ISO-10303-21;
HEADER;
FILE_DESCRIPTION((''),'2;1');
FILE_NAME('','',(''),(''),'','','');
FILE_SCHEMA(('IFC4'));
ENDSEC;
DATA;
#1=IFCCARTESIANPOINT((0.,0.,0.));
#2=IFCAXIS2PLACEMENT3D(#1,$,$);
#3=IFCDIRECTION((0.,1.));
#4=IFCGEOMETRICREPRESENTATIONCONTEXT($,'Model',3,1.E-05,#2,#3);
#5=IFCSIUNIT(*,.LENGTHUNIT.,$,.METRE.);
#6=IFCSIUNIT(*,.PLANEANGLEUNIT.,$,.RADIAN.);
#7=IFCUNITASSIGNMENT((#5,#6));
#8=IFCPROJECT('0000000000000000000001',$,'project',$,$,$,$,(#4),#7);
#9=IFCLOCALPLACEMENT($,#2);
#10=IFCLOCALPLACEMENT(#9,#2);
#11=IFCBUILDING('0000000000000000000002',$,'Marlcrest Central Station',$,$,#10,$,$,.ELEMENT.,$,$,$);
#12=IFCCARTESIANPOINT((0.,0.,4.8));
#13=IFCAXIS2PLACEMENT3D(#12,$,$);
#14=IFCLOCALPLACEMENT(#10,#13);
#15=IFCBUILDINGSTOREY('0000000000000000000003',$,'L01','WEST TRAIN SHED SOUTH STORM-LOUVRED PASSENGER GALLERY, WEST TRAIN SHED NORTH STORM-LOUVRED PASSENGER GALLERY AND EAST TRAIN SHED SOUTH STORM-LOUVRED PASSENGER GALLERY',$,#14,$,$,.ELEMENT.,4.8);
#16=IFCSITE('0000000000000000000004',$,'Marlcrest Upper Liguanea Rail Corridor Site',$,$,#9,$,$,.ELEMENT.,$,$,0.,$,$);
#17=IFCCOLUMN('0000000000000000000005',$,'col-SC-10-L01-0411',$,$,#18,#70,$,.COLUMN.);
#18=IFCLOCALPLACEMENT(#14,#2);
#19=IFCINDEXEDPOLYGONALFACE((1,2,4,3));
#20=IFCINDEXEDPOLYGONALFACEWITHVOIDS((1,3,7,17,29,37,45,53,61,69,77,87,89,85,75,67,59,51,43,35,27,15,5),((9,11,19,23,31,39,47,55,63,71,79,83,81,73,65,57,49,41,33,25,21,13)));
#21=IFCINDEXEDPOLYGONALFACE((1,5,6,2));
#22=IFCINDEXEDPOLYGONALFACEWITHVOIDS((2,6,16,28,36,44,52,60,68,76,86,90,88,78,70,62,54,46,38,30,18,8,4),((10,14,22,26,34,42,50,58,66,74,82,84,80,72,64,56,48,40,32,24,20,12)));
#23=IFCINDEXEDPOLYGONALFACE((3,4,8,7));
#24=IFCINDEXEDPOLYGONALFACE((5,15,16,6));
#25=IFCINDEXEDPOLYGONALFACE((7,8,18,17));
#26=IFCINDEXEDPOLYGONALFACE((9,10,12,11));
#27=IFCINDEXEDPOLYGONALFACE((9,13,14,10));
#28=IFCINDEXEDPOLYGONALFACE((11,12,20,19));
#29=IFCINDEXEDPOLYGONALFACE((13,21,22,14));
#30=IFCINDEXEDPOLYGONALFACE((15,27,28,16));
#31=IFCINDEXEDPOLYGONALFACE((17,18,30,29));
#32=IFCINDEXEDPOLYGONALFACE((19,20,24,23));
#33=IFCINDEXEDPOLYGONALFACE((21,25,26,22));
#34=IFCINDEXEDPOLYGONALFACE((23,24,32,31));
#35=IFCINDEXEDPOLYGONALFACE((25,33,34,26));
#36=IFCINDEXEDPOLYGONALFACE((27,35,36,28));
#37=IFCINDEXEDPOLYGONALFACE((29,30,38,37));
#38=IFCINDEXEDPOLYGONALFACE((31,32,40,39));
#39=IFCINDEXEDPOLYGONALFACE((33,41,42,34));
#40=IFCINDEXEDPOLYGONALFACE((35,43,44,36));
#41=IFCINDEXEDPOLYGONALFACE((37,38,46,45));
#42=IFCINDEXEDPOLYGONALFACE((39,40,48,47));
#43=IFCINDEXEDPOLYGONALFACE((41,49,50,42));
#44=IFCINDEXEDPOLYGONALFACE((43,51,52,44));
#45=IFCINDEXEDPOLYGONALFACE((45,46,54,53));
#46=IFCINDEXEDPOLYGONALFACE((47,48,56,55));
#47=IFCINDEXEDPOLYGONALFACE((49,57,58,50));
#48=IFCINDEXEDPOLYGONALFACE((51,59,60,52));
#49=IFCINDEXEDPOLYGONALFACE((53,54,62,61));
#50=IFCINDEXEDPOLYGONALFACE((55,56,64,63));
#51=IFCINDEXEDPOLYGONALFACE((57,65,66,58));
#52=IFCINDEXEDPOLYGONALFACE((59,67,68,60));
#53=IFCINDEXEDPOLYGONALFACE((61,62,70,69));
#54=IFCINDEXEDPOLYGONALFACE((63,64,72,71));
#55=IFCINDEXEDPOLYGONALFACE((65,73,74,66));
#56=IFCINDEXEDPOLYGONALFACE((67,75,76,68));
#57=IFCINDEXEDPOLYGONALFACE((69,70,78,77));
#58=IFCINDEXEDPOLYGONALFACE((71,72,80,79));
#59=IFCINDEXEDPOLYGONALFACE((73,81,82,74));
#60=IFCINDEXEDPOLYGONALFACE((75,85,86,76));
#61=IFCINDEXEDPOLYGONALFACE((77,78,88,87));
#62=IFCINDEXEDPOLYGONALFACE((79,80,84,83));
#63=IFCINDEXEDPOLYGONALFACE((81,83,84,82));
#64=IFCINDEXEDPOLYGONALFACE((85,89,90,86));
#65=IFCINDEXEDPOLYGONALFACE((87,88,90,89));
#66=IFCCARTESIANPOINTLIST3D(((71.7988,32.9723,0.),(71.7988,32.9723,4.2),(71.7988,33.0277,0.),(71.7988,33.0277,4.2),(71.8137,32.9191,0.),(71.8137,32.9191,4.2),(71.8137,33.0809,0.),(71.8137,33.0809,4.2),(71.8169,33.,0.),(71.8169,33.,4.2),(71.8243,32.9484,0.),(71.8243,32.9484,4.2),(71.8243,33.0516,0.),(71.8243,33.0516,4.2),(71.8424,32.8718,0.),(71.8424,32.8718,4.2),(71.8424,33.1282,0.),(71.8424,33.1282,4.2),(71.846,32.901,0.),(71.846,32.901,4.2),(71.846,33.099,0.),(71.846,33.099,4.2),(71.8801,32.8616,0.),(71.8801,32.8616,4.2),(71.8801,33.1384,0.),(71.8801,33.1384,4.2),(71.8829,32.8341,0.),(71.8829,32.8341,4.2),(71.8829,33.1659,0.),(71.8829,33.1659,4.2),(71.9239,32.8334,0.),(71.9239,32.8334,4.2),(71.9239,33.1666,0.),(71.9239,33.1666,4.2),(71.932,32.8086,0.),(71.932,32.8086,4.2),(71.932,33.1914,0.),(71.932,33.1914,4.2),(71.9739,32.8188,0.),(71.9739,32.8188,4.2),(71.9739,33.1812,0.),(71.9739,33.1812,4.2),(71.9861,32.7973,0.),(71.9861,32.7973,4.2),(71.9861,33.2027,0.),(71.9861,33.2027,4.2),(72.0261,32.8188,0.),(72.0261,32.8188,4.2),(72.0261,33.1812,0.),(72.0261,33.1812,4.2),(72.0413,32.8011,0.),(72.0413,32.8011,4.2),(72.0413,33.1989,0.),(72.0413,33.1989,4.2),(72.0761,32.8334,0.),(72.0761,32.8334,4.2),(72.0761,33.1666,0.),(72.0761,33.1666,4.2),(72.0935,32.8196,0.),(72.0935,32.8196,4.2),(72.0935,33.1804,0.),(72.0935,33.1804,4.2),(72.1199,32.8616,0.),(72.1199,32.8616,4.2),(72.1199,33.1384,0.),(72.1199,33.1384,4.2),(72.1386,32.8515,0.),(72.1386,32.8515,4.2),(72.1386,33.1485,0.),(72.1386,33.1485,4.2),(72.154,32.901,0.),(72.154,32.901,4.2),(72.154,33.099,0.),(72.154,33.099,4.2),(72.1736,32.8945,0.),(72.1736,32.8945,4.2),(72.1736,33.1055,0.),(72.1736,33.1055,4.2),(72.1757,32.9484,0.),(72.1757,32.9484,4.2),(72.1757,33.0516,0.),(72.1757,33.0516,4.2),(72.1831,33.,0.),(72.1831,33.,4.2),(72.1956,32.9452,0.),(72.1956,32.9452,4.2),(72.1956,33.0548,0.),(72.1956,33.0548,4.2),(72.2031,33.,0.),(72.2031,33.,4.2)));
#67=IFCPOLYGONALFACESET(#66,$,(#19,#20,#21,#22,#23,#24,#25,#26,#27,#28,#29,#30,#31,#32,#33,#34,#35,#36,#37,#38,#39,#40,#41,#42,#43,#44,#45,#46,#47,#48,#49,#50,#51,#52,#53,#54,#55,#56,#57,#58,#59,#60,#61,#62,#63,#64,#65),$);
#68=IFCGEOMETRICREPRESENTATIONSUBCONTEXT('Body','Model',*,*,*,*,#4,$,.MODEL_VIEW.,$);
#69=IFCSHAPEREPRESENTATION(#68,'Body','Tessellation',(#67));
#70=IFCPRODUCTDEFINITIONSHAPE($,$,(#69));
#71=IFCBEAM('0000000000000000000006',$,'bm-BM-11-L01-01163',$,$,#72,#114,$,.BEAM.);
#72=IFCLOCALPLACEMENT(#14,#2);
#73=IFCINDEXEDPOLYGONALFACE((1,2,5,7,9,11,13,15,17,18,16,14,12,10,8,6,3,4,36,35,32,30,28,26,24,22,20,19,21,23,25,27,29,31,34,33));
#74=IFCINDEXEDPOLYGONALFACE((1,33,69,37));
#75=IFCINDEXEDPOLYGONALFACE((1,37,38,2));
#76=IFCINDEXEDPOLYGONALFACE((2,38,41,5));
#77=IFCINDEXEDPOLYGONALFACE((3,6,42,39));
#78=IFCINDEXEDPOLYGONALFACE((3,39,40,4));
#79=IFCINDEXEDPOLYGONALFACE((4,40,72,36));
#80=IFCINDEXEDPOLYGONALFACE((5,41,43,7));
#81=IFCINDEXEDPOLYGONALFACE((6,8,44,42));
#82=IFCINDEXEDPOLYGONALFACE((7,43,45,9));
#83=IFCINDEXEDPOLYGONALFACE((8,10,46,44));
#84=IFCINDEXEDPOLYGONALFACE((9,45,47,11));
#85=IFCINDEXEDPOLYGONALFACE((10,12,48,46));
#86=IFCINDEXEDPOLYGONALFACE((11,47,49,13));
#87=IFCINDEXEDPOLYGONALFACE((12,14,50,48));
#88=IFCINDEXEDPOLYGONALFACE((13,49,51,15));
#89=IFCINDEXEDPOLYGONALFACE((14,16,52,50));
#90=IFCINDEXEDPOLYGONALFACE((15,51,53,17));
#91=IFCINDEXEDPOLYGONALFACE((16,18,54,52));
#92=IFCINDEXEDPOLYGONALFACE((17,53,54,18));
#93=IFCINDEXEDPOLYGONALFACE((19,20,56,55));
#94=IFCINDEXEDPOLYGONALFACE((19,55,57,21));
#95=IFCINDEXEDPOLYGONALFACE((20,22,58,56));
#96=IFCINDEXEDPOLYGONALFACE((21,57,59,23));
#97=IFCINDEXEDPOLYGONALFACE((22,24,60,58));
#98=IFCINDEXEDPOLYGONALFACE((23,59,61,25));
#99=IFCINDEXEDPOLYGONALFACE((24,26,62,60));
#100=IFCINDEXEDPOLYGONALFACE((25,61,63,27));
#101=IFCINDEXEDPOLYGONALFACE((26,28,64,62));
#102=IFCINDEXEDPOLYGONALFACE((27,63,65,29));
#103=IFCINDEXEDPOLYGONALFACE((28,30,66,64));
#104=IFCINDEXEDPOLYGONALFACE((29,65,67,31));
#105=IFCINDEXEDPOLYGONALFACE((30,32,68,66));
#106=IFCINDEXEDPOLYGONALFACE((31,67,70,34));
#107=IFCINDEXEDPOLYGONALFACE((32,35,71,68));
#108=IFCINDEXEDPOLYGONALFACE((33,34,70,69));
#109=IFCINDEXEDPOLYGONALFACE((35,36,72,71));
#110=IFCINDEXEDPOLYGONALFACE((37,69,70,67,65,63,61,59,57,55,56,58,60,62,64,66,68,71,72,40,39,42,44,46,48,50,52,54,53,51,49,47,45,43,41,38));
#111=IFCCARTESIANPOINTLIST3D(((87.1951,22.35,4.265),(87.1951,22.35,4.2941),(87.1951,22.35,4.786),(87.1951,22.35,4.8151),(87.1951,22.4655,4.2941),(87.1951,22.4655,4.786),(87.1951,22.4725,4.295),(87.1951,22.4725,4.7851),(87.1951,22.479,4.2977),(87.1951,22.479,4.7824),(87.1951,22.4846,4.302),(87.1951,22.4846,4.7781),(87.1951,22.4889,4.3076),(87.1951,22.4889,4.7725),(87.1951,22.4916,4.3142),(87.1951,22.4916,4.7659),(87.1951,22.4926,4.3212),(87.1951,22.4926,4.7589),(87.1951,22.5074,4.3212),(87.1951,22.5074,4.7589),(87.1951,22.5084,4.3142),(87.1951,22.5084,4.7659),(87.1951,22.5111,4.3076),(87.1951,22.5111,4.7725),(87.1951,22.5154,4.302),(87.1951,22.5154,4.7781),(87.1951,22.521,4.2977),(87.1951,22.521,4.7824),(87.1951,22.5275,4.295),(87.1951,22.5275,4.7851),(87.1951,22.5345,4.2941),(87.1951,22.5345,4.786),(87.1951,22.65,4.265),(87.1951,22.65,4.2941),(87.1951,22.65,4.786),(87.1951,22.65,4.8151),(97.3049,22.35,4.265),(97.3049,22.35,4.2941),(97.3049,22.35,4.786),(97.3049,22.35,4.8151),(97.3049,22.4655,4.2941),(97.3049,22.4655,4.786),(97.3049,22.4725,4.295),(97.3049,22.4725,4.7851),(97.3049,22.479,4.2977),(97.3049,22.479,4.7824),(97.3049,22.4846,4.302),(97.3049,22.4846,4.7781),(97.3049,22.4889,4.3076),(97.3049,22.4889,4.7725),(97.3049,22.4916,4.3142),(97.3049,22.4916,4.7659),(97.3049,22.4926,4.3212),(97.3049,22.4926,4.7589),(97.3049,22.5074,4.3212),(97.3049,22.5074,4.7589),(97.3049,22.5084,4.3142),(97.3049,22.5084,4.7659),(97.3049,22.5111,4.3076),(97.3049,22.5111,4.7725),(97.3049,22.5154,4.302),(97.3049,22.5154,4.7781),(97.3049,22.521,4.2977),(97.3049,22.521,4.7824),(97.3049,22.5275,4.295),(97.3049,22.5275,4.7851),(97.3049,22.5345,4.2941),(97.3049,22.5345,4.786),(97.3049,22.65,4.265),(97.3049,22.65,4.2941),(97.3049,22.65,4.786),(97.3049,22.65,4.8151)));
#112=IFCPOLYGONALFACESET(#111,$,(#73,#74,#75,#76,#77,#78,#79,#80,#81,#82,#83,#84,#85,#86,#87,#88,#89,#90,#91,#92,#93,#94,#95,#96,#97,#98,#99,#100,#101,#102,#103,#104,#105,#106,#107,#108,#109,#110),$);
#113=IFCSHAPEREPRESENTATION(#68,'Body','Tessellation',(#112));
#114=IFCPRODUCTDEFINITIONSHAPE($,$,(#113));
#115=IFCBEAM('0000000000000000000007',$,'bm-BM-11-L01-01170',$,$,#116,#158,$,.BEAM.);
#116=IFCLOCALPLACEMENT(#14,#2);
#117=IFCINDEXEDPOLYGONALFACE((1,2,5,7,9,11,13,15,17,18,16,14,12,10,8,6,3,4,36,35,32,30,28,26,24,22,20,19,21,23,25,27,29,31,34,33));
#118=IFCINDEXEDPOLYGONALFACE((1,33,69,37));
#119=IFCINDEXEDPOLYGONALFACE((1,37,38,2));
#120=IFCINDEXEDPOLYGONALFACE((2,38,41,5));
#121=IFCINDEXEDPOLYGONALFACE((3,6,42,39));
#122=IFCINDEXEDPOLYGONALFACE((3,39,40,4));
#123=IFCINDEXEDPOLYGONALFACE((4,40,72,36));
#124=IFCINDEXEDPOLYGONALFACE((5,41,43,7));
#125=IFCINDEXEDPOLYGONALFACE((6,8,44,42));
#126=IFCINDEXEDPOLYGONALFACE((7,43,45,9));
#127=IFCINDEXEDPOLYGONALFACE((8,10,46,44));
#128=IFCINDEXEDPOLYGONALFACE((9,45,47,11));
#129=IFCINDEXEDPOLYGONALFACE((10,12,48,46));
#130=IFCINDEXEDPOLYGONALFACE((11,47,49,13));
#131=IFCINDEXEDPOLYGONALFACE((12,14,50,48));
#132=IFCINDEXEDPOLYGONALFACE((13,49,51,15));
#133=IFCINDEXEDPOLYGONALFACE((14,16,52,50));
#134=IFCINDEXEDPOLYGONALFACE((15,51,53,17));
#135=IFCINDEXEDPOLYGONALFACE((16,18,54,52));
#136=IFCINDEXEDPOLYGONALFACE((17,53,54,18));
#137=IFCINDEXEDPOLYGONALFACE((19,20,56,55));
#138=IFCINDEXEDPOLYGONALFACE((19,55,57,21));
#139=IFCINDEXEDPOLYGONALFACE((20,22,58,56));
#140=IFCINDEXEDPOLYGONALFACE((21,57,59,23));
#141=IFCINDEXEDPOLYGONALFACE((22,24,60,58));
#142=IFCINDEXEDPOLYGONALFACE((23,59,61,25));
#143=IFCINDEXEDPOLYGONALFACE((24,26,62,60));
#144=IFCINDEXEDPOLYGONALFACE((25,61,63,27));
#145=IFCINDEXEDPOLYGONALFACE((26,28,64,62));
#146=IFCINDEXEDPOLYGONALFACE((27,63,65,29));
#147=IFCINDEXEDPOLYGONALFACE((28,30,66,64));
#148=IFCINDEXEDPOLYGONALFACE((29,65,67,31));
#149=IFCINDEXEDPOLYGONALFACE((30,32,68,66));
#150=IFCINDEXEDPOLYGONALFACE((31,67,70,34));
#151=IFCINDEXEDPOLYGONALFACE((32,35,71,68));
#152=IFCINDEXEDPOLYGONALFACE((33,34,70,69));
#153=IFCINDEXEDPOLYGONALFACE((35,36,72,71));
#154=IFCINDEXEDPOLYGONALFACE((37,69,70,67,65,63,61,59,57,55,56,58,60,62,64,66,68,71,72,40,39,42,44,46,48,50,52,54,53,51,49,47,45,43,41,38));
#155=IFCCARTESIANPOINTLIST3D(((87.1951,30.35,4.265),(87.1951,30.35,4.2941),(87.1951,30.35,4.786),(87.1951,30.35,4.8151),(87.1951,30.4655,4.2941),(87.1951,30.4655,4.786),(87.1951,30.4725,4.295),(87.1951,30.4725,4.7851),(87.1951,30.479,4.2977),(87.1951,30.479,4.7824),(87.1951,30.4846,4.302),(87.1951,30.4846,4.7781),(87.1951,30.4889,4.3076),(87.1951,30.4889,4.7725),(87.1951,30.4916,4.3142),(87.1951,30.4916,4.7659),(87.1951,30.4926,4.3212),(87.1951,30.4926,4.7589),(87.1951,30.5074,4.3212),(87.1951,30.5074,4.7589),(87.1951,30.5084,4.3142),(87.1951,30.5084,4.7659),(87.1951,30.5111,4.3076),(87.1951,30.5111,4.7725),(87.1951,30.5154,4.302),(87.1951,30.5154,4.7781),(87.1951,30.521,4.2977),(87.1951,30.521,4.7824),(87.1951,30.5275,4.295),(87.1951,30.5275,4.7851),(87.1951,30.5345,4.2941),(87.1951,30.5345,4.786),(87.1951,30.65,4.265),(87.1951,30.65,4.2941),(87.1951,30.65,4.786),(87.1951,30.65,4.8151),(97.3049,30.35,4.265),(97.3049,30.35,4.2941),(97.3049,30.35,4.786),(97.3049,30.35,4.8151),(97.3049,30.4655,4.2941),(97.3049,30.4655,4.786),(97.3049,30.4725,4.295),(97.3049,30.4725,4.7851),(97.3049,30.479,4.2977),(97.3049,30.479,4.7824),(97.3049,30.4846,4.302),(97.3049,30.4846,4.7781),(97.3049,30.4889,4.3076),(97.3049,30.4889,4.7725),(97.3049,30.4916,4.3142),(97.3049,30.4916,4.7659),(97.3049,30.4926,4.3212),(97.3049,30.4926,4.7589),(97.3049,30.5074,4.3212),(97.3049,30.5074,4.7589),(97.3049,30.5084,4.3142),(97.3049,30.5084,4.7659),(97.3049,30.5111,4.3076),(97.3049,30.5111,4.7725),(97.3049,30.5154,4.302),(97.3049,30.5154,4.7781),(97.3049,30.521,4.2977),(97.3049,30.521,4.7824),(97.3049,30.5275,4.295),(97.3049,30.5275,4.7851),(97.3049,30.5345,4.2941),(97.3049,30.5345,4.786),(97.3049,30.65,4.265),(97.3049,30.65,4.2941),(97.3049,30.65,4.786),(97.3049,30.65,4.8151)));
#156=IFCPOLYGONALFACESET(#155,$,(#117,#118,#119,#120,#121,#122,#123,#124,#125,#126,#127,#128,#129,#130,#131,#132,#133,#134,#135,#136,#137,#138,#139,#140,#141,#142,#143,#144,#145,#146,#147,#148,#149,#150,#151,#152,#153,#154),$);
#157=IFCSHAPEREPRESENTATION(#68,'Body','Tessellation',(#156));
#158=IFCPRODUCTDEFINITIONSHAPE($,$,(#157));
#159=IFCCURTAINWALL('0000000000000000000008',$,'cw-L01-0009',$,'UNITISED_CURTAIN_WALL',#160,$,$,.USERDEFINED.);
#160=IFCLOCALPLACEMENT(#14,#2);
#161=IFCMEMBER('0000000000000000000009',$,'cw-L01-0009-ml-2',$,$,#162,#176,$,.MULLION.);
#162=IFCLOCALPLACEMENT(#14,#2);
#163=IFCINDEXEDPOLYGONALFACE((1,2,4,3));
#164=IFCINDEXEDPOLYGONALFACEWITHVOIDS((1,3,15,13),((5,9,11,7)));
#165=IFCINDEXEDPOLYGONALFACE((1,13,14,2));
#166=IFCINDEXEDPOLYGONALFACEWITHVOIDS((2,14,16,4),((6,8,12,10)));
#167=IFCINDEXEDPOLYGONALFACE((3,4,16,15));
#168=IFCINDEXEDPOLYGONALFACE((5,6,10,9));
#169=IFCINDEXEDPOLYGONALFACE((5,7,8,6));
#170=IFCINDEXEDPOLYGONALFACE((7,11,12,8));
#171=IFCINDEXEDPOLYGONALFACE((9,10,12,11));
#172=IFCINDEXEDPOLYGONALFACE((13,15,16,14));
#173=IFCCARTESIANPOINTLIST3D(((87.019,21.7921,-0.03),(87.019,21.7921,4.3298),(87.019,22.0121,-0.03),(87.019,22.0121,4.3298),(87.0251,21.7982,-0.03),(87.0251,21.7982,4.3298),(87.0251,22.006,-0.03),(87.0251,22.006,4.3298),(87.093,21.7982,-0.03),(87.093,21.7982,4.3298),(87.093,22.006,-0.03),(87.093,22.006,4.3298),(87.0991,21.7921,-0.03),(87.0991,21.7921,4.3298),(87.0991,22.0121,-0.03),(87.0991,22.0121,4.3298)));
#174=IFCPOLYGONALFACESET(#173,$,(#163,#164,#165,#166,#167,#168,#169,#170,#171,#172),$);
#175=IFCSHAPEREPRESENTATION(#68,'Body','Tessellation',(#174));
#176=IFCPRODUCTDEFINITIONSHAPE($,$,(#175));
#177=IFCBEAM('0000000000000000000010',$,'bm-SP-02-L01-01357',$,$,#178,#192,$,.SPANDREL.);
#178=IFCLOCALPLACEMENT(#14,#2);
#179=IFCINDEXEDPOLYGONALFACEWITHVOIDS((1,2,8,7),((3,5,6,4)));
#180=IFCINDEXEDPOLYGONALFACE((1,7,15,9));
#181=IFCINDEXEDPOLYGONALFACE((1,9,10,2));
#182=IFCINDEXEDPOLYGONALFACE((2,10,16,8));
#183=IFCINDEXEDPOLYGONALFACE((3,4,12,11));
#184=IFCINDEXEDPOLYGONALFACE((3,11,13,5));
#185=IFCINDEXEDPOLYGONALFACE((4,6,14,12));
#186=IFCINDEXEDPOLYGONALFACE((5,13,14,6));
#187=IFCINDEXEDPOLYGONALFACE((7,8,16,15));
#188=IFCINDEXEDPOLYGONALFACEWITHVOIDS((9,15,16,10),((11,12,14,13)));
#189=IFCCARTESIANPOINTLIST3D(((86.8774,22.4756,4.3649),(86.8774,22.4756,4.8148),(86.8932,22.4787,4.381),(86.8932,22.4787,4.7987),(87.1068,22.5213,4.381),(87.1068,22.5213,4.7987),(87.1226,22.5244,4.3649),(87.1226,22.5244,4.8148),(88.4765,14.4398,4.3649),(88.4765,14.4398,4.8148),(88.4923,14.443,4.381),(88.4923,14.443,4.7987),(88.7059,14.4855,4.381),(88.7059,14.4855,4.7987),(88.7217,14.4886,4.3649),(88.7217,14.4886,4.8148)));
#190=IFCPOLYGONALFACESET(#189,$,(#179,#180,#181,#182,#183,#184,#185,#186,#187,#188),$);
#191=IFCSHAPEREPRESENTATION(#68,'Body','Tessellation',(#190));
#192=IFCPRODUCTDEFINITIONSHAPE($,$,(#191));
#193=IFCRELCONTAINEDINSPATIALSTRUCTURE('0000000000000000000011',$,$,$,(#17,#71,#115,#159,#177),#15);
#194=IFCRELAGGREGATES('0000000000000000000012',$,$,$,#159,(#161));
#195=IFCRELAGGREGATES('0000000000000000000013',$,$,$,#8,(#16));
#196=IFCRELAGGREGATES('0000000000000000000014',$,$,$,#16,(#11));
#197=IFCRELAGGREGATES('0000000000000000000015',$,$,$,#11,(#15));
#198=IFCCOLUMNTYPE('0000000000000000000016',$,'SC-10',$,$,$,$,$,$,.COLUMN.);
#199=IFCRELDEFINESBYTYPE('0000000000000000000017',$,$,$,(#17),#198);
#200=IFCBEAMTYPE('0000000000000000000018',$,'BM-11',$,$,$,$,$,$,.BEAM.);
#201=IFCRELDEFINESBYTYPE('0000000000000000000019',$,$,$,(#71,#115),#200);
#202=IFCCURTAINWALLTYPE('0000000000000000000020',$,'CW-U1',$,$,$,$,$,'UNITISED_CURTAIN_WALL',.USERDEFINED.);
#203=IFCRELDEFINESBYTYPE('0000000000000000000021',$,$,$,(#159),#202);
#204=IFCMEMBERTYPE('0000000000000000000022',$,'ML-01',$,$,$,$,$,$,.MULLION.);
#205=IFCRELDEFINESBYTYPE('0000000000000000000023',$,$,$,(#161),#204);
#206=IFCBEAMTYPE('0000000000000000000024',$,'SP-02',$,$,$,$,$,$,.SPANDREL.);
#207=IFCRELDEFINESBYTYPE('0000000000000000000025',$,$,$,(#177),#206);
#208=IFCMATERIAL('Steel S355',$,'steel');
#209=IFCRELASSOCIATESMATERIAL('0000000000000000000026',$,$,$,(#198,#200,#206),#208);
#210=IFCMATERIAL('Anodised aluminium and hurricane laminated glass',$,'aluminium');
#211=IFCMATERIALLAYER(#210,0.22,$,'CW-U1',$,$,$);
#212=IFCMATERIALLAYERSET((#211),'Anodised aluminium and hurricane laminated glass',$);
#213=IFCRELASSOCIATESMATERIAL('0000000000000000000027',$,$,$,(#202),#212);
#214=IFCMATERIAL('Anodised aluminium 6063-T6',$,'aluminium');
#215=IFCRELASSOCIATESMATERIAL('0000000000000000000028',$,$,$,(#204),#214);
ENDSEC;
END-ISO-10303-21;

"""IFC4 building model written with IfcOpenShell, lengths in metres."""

from ifc_helpers import new_model, si_unit, direction, frame, origin, origin_2d, place, context, subcontext, project, spatial, hollow_rectangle, hollow_circle, i_section, extrude, material, layer, layer_set, material_profile, profile_set, type_object, element, aggregate, save


model = new_model("IFC4")

# Units and contexts
model_context = context("Model", 3, precision=1e-05, world=origin(), true_north=direction((0.0, 1.0)))
body_context = subcontext(model_context, "Body", "Model", "MODEL_VIEW")
ifc_project = project(units=[si_unit("LENGTHUNIT", "METRE"), si_unit("PLANEANGLEUNIT", "RADIAN")], contexts=[model_context])

# Site, building, storey
site_placement = place(None, origin())
site = spatial("IfcSite", under=ifc_project, at=site_placement, Name="Marlcrest Upper Liguanea Rail Corridor Site", CompositionType="ELEMENT", RefElevation=0.0)
building_placement = place(site_placement, origin())
building = spatial("IfcBuilding", under=site, at=building_placement, Name="Marlcrest Central Station", CompositionType="ELEMENT")
storey_placement = place(building_placement, frame((0.0, 0.0, 4.8)))
storey = spatial("IfcBuildingStorey", under=building, at=storey_placement, Name="L01", Description="WEST TRAIN SHED SOUTH STORM-LOUVRED PASSENGER GALLERY, WEST TRAIN SHED NORTH STORM-LOUVRED PASSENGER GALLERY AND EAST TRAIN SHED SOUTH STORM-LOUVRED PASSENGER GALLERY", CompositionType="ELEMENT", Elevation=4.8)

# Column
ifc_material_1 = material(Name="Steel S355", Category="steel")
ifc_material_profile_1 = material_profile(ifc_material_1, hollow_circle(Radius=0.2031, WallThickness=0.02, at=origin_2d()), Name="CHS 406.4x20")
ifc_profile_set_1 = profile_set([ifc_material_profile_1], Name="Steel S355")
column_type_1 = type_object("IfcColumnType", Name="SC-10", PredefinedType="COLUMN", material=ifc_profile_set_1)
column_1_placement = place(storey_placement, frame((72.0, 33.0, 0.0), z_axis=(0.0, 0.0, 1.0), x_axis=(1.0, 0.0, 0.0)))
element("IfcColumn", 1, at=column_1_placement, inside=storey, type_object=column_type_1, Name="col-SC-10-L01-0411", PredefinedType="COLUMN", context=body_context, shape_type="SweptSolid", body=[
    extrude(hollow_circle(Radius=0.2031, WallThickness=0.02, at=origin_2d()), origin(), (0.0, 0.0, 1.0), 4.2),
])

# Beams
ifc_material_profile_2 = material_profile(ifc_material_1, i_section(OverallWidth=0.3, OverallDepth=0.55, WebThickness=0.0149, FlangeThickness=0.0291, FilletRadius=0.0271, at=origin_2d()), Name="HEB 550")
ifc_profile_set_2 = profile_set([ifc_material_profile_2], Name="Steel S355")
beam_type_1 = type_object("IfcBeamType", Name="BM-11", PredefinedType="BEAM", material=ifc_profile_set_2)
for number, where, z_axis, x_axis, name in (
    (2, (87.1951, 22.5, 4.54), (1.0, 0.0, 0.0), (0.0, 1.0, 0.0), "bm-BM-11-L01-01163"),
    (3, (87.1951, 30.5, 4.54), (1.0, 0.0, 0.0), (0.0, 1.0, 0.0), "bm-BM-11-L01-01170"),
):
    element("IfcBeam", number, at=place(storey_placement, frame(where, z_axis=z_axis, x_axis=x_axis)), inside=storey, type_object=beam_type_1, Name=name, PredefinedType="BEAM", context=body_context, shape_type="SweptSolid", body=[
        extrude(i_section(OverallWidth=0.3, OverallDepth=0.55, WebThickness=0.0149, FlangeThickness=0.0291, FilletRadius=0.0271, at=origin_2d()), origin(), (0.0, 0.0, 1.0), 10.1099),
    ])

# Curtain wall, member
ifc_material_2 = material(Name="Anodised aluminium and hurricane laminated glass", Category="aluminium")
ifc_layer_1 = layer(ifc_material_2, 0.22, Name="CW-U1")
ifc_layer_set_1 = layer_set([ifc_layer_1], Name="Anodised aluminium and hurricane laminated glass")
curtain_wall_type = type_object("IfcCurtainWallType", Name="CW-U1", ElementType="UNITISED_CURTAIN_WALL", PredefinedType="USERDEFINED", material=ifc_layer_set_1)
curtain_wall_placement = place(storey_placement, origin())
curtain_wall = element("IfcCurtainWall", 4, at=curtain_wall_placement, inside=storey, type_object=curtain_wall_type, Name="cw-L01-0009", ObjectType="UNITISED_CURTAIN_WALL", PredefinedType="USERDEFINED")
ifc_material_3 = material(Name="Anodised aluminium 6063-T6", Category="aluminium")
ifc_material_profile_3 = material_profile(ifc_material_3, hollow_rectangle(XDim=0.0801, YDim=0.22, WallThickness=0.0061, at=origin_2d()), Name="AA-RHS 220x80x6")
ifc_profile_set_3 = profile_set([ifc_material_profile_3], Name="Anodised aluminium 6063-T6")
member_type_1 = type_object("IfcMemberType", Name="ML-01", PredefinedType="MULLION", material=ifc_profile_set_3)
member_1_placement = place(storey_placement, frame((87.0591, 21.9021, -0.03), z_axis=(0.0, 0.0, 1.0), x_axis=(1.0, 0.0, 0.0)))
member_1 = element("IfcMember", 5, at=member_1_placement, type_object=member_type_1, Name="cw-L01-0009-ml-2", PredefinedType="MULLION", context=body_context, shape_type="SweptSolid", body=[
    extrude(hollow_rectangle(XDim=0.0801, YDim=0.22, WallThickness=0.0061, at=origin_2d()), origin(), (0.0, 0.0, 1.0), 4.3599),
])

# Beam
ifc_material_profile_4 = material_profile(ifc_material_1, hollow_rectangle(XDim=0.25, YDim=0.45, WallThickness=0.0161, at=origin_2d()), Name="RHS 450x250x16")
ifc_profile_set_4 = profile_set([ifc_material_profile_4], Name="Steel S355")
beam_type_2 = type_object("IfcBeamType", Name="SP-02", PredefinedType="SPANDREL", material=ifc_profile_set_4)
beam_1_placement = place(storey_placement, frame((87.0, 22.5, 4.5898), z_axis=(0.195171, -0.980769, 0.0), x_axis=(0.980769, 0.195171, 0.0)))
element("IfcBeam", 6, at=beam_1_placement, inside=storey, type_object=beam_type_2, Name="bm-SP-02-L01-01357", PredefinedType="SPANDREL", context=body_context, shape_type="SweptSolid", body=[
    extrude(hollow_rectangle(XDim=0.25, YDim=0.45, WallThickness=0.0161, at=origin_2d()), origin(), (0.0, 0.0, 1.0), 8.1934),
])

aggregate(curtain_wall, [member_1])

save(model, "model.ifc")
